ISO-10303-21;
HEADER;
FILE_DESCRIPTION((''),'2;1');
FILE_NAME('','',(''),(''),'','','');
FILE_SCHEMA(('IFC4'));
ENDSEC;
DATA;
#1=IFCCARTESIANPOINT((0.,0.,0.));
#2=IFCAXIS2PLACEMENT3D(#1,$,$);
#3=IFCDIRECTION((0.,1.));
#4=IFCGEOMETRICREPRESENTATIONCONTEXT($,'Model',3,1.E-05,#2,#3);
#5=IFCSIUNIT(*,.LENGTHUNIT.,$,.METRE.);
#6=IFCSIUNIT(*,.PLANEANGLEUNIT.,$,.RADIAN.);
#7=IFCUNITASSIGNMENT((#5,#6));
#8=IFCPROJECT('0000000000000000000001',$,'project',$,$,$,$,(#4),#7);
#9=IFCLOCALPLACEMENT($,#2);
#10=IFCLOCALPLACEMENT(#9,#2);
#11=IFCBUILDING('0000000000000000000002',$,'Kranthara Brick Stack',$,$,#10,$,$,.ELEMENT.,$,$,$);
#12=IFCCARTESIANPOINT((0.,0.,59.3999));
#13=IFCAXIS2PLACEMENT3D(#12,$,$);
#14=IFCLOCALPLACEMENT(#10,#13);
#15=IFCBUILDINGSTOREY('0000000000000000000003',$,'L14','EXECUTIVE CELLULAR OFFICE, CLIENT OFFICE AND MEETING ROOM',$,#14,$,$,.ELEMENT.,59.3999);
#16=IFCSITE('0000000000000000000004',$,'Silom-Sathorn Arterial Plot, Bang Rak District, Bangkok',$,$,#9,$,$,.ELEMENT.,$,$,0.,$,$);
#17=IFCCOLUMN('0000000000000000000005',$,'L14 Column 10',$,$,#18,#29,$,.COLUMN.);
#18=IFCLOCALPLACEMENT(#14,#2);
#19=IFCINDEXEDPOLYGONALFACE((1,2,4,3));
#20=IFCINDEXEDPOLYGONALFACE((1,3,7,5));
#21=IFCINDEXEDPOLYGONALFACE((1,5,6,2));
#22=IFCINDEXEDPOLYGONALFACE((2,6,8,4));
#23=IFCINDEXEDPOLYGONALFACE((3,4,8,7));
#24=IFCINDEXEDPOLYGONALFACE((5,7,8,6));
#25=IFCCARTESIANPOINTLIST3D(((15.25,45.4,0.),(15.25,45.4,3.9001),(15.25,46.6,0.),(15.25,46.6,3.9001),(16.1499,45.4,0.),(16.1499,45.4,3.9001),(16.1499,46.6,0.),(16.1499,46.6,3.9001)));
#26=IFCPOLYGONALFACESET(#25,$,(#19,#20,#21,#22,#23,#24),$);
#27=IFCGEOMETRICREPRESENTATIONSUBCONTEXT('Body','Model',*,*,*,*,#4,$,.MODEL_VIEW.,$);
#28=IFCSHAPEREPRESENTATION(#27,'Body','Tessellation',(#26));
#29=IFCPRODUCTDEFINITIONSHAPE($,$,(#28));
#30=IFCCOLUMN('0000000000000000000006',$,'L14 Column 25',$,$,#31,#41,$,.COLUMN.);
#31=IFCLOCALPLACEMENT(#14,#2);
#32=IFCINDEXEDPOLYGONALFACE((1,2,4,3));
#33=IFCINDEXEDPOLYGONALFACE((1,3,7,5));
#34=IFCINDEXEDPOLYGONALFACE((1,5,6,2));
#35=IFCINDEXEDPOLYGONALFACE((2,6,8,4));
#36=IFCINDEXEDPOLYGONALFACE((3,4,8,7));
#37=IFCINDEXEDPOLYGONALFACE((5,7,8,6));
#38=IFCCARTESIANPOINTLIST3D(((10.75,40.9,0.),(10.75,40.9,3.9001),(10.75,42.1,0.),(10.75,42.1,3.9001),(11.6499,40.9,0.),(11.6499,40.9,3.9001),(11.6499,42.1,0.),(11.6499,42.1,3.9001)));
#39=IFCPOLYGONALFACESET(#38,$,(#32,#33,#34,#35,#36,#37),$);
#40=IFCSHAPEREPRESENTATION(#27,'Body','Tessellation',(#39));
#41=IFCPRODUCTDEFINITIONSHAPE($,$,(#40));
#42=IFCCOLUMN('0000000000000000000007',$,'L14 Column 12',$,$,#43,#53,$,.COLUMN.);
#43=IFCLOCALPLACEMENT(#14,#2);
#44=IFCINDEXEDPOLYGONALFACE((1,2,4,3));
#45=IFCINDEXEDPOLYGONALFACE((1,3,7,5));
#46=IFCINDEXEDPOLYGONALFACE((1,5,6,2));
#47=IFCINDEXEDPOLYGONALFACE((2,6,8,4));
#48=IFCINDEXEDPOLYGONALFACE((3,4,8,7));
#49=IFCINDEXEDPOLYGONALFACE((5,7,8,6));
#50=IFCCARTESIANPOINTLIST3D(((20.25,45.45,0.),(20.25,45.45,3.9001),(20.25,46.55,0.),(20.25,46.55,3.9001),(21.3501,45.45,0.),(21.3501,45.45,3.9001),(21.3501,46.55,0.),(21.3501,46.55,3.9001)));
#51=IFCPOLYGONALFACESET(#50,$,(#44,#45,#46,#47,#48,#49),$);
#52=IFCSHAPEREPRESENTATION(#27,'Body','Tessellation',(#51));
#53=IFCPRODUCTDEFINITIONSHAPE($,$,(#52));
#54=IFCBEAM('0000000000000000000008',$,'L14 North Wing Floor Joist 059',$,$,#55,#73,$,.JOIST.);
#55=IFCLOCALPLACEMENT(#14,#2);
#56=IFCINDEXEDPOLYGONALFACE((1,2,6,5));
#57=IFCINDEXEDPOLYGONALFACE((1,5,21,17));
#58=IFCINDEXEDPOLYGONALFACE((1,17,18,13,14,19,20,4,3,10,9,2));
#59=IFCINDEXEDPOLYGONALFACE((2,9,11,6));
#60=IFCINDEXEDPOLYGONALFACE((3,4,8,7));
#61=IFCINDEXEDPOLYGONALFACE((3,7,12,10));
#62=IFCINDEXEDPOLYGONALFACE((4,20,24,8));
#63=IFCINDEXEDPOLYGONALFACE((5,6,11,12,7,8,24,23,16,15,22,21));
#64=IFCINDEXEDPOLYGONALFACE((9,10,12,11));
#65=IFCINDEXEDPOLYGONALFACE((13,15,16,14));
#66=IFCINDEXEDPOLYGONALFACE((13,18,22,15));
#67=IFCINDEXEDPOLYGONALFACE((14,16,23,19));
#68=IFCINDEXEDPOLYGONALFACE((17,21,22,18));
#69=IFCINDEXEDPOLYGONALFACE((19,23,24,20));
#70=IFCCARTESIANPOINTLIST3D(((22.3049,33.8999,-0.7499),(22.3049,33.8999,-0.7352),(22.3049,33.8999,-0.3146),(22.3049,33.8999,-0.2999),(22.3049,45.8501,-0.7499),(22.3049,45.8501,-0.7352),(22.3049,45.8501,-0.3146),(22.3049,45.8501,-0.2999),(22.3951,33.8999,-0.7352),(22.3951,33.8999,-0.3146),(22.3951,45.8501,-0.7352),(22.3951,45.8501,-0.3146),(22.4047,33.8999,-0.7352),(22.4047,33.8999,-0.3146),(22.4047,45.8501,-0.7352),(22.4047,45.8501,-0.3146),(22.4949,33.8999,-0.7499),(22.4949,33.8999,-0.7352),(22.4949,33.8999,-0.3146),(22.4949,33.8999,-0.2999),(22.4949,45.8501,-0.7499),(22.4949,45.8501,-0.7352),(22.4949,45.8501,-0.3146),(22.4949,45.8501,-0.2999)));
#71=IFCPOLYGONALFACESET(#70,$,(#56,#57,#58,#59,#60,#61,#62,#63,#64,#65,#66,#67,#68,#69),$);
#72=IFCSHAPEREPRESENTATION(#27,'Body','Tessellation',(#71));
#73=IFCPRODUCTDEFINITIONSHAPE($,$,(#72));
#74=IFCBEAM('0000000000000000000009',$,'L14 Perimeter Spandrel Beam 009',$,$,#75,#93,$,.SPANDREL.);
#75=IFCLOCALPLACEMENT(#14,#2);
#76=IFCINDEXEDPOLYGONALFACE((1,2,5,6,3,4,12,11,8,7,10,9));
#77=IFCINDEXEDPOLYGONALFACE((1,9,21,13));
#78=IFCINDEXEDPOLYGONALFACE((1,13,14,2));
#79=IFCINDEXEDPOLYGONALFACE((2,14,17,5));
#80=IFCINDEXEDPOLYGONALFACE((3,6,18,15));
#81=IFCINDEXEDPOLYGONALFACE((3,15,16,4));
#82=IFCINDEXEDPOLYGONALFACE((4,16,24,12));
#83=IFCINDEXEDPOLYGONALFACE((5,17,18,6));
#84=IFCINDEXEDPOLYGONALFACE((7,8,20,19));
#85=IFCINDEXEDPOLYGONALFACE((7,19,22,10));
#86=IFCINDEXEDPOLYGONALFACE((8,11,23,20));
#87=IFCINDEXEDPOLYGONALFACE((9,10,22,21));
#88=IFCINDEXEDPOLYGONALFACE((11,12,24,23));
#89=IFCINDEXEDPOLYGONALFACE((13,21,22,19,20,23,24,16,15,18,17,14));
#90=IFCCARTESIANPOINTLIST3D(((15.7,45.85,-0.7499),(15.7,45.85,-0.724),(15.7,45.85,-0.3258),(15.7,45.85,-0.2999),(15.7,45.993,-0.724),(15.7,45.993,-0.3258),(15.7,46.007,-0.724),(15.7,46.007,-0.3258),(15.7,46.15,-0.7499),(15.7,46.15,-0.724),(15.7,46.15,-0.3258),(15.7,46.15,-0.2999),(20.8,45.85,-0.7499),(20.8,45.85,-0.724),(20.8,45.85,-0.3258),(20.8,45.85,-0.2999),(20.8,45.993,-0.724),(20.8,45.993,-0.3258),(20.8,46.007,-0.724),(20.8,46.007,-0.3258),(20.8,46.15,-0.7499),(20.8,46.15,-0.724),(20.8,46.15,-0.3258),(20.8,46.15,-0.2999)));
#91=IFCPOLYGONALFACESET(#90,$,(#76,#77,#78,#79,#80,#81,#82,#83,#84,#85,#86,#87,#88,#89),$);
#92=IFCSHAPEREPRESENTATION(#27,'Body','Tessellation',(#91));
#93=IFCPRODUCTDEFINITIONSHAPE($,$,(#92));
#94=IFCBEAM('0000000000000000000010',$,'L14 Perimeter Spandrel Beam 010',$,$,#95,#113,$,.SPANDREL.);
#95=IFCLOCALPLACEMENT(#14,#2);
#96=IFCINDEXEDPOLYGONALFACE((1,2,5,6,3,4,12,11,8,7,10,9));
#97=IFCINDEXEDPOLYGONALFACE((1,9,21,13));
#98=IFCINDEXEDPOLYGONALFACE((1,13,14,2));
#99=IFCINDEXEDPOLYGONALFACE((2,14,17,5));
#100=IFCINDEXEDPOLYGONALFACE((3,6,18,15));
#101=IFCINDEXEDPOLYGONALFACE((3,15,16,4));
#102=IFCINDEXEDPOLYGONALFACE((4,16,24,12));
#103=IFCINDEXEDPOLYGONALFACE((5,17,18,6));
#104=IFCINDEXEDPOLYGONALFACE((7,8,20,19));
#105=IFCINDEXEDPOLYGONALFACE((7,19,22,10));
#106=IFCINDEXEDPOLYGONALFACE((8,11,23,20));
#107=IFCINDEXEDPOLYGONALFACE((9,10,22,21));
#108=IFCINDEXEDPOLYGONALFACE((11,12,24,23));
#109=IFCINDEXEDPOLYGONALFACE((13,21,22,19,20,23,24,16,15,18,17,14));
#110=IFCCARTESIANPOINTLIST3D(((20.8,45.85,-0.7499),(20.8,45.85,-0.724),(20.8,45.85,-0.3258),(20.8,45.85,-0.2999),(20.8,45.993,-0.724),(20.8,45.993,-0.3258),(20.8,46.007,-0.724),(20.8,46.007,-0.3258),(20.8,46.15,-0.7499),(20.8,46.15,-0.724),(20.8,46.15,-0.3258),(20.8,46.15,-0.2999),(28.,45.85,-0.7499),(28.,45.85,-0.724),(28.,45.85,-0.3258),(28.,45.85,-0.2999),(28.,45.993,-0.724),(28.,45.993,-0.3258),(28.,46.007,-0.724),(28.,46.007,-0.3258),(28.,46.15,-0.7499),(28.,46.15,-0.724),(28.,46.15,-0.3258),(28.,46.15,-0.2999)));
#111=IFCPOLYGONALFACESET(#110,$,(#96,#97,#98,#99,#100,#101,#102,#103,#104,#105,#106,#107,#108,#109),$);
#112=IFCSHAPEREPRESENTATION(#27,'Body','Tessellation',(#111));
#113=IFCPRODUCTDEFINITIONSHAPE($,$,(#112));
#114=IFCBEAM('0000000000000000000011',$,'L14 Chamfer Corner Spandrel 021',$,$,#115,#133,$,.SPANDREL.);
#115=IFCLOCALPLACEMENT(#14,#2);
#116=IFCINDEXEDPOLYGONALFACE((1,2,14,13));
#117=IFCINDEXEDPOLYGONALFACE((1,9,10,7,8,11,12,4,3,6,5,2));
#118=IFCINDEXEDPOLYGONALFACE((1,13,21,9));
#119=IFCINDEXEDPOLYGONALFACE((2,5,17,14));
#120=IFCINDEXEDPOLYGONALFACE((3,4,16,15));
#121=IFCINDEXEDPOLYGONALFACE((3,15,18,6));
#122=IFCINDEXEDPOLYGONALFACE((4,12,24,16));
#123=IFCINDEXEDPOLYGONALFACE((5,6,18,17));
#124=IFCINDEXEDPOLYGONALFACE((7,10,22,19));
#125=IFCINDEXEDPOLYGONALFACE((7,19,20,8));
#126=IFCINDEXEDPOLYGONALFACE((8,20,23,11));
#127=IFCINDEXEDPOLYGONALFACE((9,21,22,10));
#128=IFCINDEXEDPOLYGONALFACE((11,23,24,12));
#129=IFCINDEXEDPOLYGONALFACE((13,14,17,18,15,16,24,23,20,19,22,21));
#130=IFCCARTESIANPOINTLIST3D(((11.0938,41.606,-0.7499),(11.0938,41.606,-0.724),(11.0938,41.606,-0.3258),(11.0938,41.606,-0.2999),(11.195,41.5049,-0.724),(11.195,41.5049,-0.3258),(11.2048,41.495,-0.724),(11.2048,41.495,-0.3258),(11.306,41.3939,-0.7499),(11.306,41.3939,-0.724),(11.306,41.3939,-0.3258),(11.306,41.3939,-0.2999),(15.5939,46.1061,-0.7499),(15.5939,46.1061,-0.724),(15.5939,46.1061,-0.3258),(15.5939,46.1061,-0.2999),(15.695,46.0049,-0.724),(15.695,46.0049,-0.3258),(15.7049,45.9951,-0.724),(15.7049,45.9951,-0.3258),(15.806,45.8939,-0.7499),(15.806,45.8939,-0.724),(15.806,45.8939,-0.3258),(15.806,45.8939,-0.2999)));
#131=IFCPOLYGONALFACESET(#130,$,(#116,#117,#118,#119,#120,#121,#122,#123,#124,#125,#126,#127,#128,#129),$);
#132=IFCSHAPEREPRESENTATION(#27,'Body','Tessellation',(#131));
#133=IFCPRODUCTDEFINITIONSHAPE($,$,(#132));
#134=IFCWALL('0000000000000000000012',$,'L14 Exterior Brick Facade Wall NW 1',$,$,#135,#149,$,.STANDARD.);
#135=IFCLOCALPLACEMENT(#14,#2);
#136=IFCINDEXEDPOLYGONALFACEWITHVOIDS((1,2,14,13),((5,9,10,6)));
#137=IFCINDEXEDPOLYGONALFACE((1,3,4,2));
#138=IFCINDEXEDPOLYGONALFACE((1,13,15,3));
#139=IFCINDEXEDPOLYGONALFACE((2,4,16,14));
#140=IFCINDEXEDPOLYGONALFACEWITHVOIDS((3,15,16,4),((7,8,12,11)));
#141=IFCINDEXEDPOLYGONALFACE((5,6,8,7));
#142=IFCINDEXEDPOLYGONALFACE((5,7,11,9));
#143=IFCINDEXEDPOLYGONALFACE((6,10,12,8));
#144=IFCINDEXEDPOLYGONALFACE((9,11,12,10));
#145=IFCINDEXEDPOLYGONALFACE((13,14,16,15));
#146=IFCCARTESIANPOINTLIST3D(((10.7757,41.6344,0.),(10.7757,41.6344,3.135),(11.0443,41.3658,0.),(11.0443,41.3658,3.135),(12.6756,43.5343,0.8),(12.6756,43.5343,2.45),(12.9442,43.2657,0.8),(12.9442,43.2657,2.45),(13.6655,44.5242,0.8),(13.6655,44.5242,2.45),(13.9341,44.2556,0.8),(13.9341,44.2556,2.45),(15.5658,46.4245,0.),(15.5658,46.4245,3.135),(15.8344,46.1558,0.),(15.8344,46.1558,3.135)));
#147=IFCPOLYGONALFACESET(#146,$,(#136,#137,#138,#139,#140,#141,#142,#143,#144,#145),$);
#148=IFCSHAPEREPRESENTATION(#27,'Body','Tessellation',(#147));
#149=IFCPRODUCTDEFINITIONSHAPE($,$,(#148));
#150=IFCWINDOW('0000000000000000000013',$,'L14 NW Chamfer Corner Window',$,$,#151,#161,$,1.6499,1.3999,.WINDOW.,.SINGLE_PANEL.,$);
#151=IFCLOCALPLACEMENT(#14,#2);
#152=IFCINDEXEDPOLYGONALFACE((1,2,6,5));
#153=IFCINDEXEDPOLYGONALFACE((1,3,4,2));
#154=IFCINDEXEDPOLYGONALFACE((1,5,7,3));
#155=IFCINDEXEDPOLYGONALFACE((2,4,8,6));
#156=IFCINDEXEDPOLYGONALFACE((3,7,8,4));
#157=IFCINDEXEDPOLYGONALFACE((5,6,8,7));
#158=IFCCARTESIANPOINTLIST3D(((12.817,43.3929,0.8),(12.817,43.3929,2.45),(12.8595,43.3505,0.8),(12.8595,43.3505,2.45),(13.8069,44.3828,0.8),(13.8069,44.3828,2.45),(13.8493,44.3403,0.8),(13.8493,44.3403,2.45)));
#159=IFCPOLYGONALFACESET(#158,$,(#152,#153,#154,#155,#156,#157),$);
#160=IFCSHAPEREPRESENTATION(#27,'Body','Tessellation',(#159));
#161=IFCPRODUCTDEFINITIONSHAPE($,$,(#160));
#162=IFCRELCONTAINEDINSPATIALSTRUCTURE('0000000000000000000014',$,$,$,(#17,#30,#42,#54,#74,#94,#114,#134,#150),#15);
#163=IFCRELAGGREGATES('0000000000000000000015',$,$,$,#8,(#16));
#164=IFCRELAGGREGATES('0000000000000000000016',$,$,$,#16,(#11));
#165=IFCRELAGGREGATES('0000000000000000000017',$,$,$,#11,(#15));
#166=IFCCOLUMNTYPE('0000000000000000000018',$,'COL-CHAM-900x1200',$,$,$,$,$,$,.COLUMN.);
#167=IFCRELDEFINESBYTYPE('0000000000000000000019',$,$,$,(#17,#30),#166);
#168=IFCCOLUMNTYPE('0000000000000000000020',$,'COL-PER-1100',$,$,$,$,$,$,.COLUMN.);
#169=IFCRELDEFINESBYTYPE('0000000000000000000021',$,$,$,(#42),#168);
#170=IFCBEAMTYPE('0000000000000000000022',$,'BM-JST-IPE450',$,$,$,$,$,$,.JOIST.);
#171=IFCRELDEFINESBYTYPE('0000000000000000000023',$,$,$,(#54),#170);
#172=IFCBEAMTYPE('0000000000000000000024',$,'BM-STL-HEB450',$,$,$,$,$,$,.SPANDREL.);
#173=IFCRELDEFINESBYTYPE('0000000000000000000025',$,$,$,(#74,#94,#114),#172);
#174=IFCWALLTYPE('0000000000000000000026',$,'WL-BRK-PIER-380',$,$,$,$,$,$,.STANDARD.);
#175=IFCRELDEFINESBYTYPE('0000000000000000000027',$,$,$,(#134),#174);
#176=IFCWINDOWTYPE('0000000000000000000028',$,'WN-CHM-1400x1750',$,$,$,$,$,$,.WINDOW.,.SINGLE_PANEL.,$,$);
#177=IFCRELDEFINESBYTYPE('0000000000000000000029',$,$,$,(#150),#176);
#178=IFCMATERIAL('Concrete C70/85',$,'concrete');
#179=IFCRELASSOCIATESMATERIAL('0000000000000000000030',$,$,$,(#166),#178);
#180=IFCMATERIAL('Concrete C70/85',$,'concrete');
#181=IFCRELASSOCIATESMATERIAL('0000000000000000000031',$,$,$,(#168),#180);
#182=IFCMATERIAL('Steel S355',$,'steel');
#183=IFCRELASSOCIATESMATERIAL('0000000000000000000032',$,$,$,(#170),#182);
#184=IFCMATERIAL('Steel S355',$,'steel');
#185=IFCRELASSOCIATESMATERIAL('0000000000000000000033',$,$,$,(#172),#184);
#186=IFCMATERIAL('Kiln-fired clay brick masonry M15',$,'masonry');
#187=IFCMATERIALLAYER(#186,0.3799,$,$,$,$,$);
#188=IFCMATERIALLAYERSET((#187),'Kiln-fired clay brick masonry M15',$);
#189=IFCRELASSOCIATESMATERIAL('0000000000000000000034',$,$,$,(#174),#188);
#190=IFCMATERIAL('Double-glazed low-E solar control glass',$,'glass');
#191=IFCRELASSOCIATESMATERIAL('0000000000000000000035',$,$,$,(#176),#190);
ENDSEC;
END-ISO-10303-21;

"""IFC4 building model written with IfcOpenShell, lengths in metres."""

from ifc_helpers import new_model, si_unit, direction, frame, frame_2d, origin, origin_2d, place, context, subcontext, project, spatial, rectangle, i_section, extrude, material, layer, layer_set, material_profile, profile_set, type_object, element, fill, save


model = new_model("IFC4")

# Units and contexts
model_context = context("Model", 3, precision=1e-05, world=origin(), true_north=direction((0.0, 1.0)))
body_context = subcontext(model_context, "Body", "Model", "MODEL_VIEW")
ifc_project = project(units=[si_unit("LENGTHUNIT", "METRE"), si_unit("PLANEANGLEUNIT", "RADIAN")], contexts=[model_context])

# Site, building, storey
site_placement = place(None, origin())
site = spatial("IfcSite", under=ifc_project, at=site_placement, Name="Silom-Sathorn Arterial Plot, Bang Rak District, Bangkok", CompositionType="ELEMENT", RefElevation=0.0)
building_placement = place(site_placement, origin())
building = spatial("IfcBuilding", under=site, at=building_placement, Name="Kranthara Brick Stack", CompositionType="ELEMENT")
storey_placement = place(building_placement, frame((0.0, 0.0, 59.3999)))
storey = spatial("IfcBuildingStorey", under=building, at=storey_placement, Name="L14", Description="EXECUTIVE CELLULAR OFFICE, CLIENT OFFICE AND MEETING ROOM", CompositionType="ELEMENT", Elevation=59.3999)

# Columns
ifc_material_1 = material(Name="Concrete C70/85", Category="concrete")
ifc_material_profile_1 = material_profile(ifc_material_1, rectangle(XDim=0.8999, YDim=1.2, at=origin_2d()), Name="RC 900x1200")
ifc_profile_set_1 = profile_set([ifc_material_profile_1], Name="Concrete C70/85")
column_type_1 = type_object("IfcColumnType", Name="COL-CHAM-900x1200", PredefinedType="COLUMN", material=ifc_profile_set_1)
for number, where, z_axis, x_axis, name in (
    (1, (15.7, 46.0, 0.0), (0.0, 0.0, 1.0), (1.0, 0.0, 0.0), "L14 Column 10"),
    (2, (11.2, 41.5, 0.0), (0.0, 0.0, 1.0), (1.0, 0.0, 0.0), "L14 Column 25"),
):
    element("IfcColumn", number, at=place(storey_placement, frame(where, z_axis=z_axis, x_axis=x_axis)), inside=storey, type_object=column_type_1, Name=name, PredefinedType="COLUMN", context=body_context, shape_type="SweptSolid", body=[
        extrude(rectangle(XDim=0.8999, YDim=1.2, at=origin_2d()), origin(), (0.0, 0.0, 1.0), 3.9001),
    ])
ifc_material_2 = material(Name="Concrete C70/85", Category="concrete")
ifc_material_profile_2 = material_profile(ifc_material_2, rectangle(XDim=1.1001, YDim=1.1001, at=origin_2d()), Name="RC 1100x1100")
ifc_profile_set_2 = profile_set([ifc_material_profile_2], Name="Concrete C70/85")
column_type_2 = type_object("IfcColumnType", Name="COL-PER-1100", PredefinedType="COLUMN", material=ifc_profile_set_2)
column_placement = place(storey_placement, frame((20.8, 46.0, 0.0), z_axis=(0.0, 0.0, 1.0), x_axis=(1.0, 0.0, 0.0)))
element("IfcColumn", 3, at=column_placement, inside=storey, type_object=column_type_2, Name="L14 Column 12", PredefinedType="COLUMN", context=body_context, shape_type="SweptSolid", body=[
    extrude(rectangle(XDim=1.1001, YDim=1.1001, at=origin_2d()), origin(), (0.0, 0.0, 1.0), 3.9001),
])

# Beams
ifc_material_3 = material(Name="Steel S355", Category="steel")
ifc_material_profile_3 = material_profile(ifc_material_3, i_section(OverallWidth=0.1899, OverallDepth=0.45, WebThickness=0.0095, FlangeThickness=0.0146, at=origin_2d()), Name="IPE 450")
ifc_profile_set_3 = profile_set([ifc_material_profile_3], Name="Steel S355")
beam_type_1 = type_object("IfcBeamType", Name="BM-JST-IPE450", PredefinedType="JOIST", material=ifc_profile_set_3)
beam_1_placement = place(storey_placement, frame((22.3999, 33.8999, -0.5249), z_axis=(0.0, 1.0, 0.0), x_axis=(-1.0, 0.0, 0.0)))
element("IfcBeam", 4, at=beam_1_placement, inside=storey, type_object=beam_type_1, Name="L14 North Wing Floor Joist 059", PredefinedType="JOIST", context=body_context, shape_type="SweptSolid", body=[
    extrude(i_section(OverallWidth=0.1899, OverallDepth=0.45, WebThickness=0.0095, FlangeThickness=0.0146, at=origin_2d()), origin(), (0.0, 0.0, 1.0), 11.9502),
])
ifc_material_4 = material(Name="Steel S355", Category="steel")
ifc_material_profile_4 = material_profile(ifc_material_4, i_section(OverallWidth=0.3, OverallDepth=0.45, WebThickness=0.0139, FlangeThickness=0.0259, at=origin_2d()), Name="HEB 450")
ifc_profile_set_4 = profile_set([ifc_material_profile_4], Name="Steel S355")
beam_type_2 = type_object("IfcBeamType", Name="BM-STL-HEB450", PredefinedType="SPANDREL", material=ifc_profile_set_4)
beam_2_placement = place(storey_placement, frame((15.7, 46.0, -0.5249), z_axis=(1.0, 0.0, 0.0), x_axis=(0.0, 1.0, 0.0)))
element("IfcBeam", 5, at=beam_2_placement, inside=storey, type_object=beam_type_2, Name="L14 Perimeter Spandrel Beam 009", PredefinedType="SPANDREL", context=body_context, shape_type="SweptSolid", body=[
    extrude(i_section(OverallWidth=0.3, OverallDepth=0.45, WebThickness=0.0139, FlangeThickness=0.0259, at=origin_2d()), origin(), (0.0, 0.0, 1.0), 5.1001),
])
beam_3_placement = place(storey_placement, frame((20.8, 46.0, -0.5249), z_axis=(1.0, 0.0, 0.0), x_axis=(0.0, 1.0, 0.0)))
element("IfcBeam", 6, at=beam_3_placement, inside=storey, type_object=beam_type_2, Name="L14 Perimeter Spandrel Beam 010", PredefinedType="SPANDREL", context=body_context, shape_type="SweptSolid", body=[
    extrude(i_section(OverallWidth=0.3, OverallDepth=0.45, WebThickness=0.0139, FlangeThickness=0.0259, at=origin_2d()), origin(), (0.0, 0.0, 1.0), 7.2),
])
beam_4_placement = place(storey_placement, frame((15.7, 46.0, -0.5249), z_axis=(-0.707107, -0.707107, 0.0), x_axis=(0.707107, -0.707107, 0.0)))
element("IfcBeam", 7, at=beam_4_placement, inside=storey, type_object=beam_type_2, Name="L14 Chamfer Corner Spandrel 021", PredefinedType="SPANDREL", context=body_context, shape_type="SweptSolid", body=[
    extrude(i_section(OverallWidth=0.3, OverallDepth=0.45, WebThickness=0.0139, FlangeThickness=0.0259, at=origin_2d()), origin(), (0.0, 0.0, 1.0), 6.364),
])

# Wall, opening, window
ifc_material_5 = material(Name="Kiln-fired clay brick masonry M15", Category="masonry")
ifc_layer_1 = layer(ifc_material_5, 0.3799)
ifc_layer_set_1 = layer_set([ifc_layer_1], Name="Kiln-fired clay brick masonry M15")
wall_type_1 = type_object("IfcWallType", Name="WL-BRK-PIER-380", PredefinedType="STANDARD", material=ifc_layer_set_1)
wall_1_placement = place(storey_placement, frame((10.9099, 41.5, 0.0), z_axis=(0.0, 0.0, 1.0), x_axis=(0.707107, 0.707107, 0.0)))
wall_1 = element("IfcWall", 8, at=wall_1_placement, inside=storey, type_object=wall_type_1, Name="L14 Exterior Brick Facade Wall NW 1", PredefinedType="STANDARD", context=body_context, shape_type="SweptSolid", body=[
    extrude(rectangle(XDim=6.7742, YDim=0.3799, at=frame_2d((3.3872, 0.0))), origin(), (0.0, 0.0, 1.0), 3.135),
])
opening_1_placement = place(wall_1_placement, frame((2.687, 0.0, 0.8)))
opening_1 = element("IfcOpeningElement", 9, at=opening_1_placement, cuts=wall_1, PredefinedType="OPENING", context=body_context, shape_type="SweptSolid", body=[
    extrude(rectangle(XDim=1.3999, YDim=1.6499, at=frame_2d((0.7, 0.825))), frame((0.0, 0.2, 0.0), z_axis=(0.0, -1.0, 0.0), x_axis=(1.0, 0.0, 0.0)), (0.0, 0.0, 1.0), 0.3999),
])
ifc_material_6 = material(Name="Double-glazed low-E solar control glass", Category="glass")
window_type_1 = type_object("IfcWindowType", Name="WN-CHM-1400x1750", PartitioningType="SINGLE_PANEL", PredefinedType="WINDOW", material=ifc_material_6)
window_1_placement = place(opening_1_placement, origin())
window_1 = element("IfcWindow", 10, at=window_1_placement, inside=storey, type_object=window_type_1, Name="L14 NW Chamfer Corner Window", OverallHeight=1.6499, OverallWidth=1.3999, PartitioningType="SINGLE_PANEL", PredefinedType="WINDOW", context=body_context, shape_type="SweptSolid", body=[
    extrude(rectangle(XDim=1.3999, YDim=1.6499, at=frame_2d((0.7, 0.825))), frame((0.0, -0.01, 0.0), z_axis=(0.0, -1.0, 0.0), x_axis=(1.0, 0.0, 0.0)), (0.0, 0.0, 1.0), 0.0601),
])
fill(opening_1, window_1)

save(model, "model.ifc")
